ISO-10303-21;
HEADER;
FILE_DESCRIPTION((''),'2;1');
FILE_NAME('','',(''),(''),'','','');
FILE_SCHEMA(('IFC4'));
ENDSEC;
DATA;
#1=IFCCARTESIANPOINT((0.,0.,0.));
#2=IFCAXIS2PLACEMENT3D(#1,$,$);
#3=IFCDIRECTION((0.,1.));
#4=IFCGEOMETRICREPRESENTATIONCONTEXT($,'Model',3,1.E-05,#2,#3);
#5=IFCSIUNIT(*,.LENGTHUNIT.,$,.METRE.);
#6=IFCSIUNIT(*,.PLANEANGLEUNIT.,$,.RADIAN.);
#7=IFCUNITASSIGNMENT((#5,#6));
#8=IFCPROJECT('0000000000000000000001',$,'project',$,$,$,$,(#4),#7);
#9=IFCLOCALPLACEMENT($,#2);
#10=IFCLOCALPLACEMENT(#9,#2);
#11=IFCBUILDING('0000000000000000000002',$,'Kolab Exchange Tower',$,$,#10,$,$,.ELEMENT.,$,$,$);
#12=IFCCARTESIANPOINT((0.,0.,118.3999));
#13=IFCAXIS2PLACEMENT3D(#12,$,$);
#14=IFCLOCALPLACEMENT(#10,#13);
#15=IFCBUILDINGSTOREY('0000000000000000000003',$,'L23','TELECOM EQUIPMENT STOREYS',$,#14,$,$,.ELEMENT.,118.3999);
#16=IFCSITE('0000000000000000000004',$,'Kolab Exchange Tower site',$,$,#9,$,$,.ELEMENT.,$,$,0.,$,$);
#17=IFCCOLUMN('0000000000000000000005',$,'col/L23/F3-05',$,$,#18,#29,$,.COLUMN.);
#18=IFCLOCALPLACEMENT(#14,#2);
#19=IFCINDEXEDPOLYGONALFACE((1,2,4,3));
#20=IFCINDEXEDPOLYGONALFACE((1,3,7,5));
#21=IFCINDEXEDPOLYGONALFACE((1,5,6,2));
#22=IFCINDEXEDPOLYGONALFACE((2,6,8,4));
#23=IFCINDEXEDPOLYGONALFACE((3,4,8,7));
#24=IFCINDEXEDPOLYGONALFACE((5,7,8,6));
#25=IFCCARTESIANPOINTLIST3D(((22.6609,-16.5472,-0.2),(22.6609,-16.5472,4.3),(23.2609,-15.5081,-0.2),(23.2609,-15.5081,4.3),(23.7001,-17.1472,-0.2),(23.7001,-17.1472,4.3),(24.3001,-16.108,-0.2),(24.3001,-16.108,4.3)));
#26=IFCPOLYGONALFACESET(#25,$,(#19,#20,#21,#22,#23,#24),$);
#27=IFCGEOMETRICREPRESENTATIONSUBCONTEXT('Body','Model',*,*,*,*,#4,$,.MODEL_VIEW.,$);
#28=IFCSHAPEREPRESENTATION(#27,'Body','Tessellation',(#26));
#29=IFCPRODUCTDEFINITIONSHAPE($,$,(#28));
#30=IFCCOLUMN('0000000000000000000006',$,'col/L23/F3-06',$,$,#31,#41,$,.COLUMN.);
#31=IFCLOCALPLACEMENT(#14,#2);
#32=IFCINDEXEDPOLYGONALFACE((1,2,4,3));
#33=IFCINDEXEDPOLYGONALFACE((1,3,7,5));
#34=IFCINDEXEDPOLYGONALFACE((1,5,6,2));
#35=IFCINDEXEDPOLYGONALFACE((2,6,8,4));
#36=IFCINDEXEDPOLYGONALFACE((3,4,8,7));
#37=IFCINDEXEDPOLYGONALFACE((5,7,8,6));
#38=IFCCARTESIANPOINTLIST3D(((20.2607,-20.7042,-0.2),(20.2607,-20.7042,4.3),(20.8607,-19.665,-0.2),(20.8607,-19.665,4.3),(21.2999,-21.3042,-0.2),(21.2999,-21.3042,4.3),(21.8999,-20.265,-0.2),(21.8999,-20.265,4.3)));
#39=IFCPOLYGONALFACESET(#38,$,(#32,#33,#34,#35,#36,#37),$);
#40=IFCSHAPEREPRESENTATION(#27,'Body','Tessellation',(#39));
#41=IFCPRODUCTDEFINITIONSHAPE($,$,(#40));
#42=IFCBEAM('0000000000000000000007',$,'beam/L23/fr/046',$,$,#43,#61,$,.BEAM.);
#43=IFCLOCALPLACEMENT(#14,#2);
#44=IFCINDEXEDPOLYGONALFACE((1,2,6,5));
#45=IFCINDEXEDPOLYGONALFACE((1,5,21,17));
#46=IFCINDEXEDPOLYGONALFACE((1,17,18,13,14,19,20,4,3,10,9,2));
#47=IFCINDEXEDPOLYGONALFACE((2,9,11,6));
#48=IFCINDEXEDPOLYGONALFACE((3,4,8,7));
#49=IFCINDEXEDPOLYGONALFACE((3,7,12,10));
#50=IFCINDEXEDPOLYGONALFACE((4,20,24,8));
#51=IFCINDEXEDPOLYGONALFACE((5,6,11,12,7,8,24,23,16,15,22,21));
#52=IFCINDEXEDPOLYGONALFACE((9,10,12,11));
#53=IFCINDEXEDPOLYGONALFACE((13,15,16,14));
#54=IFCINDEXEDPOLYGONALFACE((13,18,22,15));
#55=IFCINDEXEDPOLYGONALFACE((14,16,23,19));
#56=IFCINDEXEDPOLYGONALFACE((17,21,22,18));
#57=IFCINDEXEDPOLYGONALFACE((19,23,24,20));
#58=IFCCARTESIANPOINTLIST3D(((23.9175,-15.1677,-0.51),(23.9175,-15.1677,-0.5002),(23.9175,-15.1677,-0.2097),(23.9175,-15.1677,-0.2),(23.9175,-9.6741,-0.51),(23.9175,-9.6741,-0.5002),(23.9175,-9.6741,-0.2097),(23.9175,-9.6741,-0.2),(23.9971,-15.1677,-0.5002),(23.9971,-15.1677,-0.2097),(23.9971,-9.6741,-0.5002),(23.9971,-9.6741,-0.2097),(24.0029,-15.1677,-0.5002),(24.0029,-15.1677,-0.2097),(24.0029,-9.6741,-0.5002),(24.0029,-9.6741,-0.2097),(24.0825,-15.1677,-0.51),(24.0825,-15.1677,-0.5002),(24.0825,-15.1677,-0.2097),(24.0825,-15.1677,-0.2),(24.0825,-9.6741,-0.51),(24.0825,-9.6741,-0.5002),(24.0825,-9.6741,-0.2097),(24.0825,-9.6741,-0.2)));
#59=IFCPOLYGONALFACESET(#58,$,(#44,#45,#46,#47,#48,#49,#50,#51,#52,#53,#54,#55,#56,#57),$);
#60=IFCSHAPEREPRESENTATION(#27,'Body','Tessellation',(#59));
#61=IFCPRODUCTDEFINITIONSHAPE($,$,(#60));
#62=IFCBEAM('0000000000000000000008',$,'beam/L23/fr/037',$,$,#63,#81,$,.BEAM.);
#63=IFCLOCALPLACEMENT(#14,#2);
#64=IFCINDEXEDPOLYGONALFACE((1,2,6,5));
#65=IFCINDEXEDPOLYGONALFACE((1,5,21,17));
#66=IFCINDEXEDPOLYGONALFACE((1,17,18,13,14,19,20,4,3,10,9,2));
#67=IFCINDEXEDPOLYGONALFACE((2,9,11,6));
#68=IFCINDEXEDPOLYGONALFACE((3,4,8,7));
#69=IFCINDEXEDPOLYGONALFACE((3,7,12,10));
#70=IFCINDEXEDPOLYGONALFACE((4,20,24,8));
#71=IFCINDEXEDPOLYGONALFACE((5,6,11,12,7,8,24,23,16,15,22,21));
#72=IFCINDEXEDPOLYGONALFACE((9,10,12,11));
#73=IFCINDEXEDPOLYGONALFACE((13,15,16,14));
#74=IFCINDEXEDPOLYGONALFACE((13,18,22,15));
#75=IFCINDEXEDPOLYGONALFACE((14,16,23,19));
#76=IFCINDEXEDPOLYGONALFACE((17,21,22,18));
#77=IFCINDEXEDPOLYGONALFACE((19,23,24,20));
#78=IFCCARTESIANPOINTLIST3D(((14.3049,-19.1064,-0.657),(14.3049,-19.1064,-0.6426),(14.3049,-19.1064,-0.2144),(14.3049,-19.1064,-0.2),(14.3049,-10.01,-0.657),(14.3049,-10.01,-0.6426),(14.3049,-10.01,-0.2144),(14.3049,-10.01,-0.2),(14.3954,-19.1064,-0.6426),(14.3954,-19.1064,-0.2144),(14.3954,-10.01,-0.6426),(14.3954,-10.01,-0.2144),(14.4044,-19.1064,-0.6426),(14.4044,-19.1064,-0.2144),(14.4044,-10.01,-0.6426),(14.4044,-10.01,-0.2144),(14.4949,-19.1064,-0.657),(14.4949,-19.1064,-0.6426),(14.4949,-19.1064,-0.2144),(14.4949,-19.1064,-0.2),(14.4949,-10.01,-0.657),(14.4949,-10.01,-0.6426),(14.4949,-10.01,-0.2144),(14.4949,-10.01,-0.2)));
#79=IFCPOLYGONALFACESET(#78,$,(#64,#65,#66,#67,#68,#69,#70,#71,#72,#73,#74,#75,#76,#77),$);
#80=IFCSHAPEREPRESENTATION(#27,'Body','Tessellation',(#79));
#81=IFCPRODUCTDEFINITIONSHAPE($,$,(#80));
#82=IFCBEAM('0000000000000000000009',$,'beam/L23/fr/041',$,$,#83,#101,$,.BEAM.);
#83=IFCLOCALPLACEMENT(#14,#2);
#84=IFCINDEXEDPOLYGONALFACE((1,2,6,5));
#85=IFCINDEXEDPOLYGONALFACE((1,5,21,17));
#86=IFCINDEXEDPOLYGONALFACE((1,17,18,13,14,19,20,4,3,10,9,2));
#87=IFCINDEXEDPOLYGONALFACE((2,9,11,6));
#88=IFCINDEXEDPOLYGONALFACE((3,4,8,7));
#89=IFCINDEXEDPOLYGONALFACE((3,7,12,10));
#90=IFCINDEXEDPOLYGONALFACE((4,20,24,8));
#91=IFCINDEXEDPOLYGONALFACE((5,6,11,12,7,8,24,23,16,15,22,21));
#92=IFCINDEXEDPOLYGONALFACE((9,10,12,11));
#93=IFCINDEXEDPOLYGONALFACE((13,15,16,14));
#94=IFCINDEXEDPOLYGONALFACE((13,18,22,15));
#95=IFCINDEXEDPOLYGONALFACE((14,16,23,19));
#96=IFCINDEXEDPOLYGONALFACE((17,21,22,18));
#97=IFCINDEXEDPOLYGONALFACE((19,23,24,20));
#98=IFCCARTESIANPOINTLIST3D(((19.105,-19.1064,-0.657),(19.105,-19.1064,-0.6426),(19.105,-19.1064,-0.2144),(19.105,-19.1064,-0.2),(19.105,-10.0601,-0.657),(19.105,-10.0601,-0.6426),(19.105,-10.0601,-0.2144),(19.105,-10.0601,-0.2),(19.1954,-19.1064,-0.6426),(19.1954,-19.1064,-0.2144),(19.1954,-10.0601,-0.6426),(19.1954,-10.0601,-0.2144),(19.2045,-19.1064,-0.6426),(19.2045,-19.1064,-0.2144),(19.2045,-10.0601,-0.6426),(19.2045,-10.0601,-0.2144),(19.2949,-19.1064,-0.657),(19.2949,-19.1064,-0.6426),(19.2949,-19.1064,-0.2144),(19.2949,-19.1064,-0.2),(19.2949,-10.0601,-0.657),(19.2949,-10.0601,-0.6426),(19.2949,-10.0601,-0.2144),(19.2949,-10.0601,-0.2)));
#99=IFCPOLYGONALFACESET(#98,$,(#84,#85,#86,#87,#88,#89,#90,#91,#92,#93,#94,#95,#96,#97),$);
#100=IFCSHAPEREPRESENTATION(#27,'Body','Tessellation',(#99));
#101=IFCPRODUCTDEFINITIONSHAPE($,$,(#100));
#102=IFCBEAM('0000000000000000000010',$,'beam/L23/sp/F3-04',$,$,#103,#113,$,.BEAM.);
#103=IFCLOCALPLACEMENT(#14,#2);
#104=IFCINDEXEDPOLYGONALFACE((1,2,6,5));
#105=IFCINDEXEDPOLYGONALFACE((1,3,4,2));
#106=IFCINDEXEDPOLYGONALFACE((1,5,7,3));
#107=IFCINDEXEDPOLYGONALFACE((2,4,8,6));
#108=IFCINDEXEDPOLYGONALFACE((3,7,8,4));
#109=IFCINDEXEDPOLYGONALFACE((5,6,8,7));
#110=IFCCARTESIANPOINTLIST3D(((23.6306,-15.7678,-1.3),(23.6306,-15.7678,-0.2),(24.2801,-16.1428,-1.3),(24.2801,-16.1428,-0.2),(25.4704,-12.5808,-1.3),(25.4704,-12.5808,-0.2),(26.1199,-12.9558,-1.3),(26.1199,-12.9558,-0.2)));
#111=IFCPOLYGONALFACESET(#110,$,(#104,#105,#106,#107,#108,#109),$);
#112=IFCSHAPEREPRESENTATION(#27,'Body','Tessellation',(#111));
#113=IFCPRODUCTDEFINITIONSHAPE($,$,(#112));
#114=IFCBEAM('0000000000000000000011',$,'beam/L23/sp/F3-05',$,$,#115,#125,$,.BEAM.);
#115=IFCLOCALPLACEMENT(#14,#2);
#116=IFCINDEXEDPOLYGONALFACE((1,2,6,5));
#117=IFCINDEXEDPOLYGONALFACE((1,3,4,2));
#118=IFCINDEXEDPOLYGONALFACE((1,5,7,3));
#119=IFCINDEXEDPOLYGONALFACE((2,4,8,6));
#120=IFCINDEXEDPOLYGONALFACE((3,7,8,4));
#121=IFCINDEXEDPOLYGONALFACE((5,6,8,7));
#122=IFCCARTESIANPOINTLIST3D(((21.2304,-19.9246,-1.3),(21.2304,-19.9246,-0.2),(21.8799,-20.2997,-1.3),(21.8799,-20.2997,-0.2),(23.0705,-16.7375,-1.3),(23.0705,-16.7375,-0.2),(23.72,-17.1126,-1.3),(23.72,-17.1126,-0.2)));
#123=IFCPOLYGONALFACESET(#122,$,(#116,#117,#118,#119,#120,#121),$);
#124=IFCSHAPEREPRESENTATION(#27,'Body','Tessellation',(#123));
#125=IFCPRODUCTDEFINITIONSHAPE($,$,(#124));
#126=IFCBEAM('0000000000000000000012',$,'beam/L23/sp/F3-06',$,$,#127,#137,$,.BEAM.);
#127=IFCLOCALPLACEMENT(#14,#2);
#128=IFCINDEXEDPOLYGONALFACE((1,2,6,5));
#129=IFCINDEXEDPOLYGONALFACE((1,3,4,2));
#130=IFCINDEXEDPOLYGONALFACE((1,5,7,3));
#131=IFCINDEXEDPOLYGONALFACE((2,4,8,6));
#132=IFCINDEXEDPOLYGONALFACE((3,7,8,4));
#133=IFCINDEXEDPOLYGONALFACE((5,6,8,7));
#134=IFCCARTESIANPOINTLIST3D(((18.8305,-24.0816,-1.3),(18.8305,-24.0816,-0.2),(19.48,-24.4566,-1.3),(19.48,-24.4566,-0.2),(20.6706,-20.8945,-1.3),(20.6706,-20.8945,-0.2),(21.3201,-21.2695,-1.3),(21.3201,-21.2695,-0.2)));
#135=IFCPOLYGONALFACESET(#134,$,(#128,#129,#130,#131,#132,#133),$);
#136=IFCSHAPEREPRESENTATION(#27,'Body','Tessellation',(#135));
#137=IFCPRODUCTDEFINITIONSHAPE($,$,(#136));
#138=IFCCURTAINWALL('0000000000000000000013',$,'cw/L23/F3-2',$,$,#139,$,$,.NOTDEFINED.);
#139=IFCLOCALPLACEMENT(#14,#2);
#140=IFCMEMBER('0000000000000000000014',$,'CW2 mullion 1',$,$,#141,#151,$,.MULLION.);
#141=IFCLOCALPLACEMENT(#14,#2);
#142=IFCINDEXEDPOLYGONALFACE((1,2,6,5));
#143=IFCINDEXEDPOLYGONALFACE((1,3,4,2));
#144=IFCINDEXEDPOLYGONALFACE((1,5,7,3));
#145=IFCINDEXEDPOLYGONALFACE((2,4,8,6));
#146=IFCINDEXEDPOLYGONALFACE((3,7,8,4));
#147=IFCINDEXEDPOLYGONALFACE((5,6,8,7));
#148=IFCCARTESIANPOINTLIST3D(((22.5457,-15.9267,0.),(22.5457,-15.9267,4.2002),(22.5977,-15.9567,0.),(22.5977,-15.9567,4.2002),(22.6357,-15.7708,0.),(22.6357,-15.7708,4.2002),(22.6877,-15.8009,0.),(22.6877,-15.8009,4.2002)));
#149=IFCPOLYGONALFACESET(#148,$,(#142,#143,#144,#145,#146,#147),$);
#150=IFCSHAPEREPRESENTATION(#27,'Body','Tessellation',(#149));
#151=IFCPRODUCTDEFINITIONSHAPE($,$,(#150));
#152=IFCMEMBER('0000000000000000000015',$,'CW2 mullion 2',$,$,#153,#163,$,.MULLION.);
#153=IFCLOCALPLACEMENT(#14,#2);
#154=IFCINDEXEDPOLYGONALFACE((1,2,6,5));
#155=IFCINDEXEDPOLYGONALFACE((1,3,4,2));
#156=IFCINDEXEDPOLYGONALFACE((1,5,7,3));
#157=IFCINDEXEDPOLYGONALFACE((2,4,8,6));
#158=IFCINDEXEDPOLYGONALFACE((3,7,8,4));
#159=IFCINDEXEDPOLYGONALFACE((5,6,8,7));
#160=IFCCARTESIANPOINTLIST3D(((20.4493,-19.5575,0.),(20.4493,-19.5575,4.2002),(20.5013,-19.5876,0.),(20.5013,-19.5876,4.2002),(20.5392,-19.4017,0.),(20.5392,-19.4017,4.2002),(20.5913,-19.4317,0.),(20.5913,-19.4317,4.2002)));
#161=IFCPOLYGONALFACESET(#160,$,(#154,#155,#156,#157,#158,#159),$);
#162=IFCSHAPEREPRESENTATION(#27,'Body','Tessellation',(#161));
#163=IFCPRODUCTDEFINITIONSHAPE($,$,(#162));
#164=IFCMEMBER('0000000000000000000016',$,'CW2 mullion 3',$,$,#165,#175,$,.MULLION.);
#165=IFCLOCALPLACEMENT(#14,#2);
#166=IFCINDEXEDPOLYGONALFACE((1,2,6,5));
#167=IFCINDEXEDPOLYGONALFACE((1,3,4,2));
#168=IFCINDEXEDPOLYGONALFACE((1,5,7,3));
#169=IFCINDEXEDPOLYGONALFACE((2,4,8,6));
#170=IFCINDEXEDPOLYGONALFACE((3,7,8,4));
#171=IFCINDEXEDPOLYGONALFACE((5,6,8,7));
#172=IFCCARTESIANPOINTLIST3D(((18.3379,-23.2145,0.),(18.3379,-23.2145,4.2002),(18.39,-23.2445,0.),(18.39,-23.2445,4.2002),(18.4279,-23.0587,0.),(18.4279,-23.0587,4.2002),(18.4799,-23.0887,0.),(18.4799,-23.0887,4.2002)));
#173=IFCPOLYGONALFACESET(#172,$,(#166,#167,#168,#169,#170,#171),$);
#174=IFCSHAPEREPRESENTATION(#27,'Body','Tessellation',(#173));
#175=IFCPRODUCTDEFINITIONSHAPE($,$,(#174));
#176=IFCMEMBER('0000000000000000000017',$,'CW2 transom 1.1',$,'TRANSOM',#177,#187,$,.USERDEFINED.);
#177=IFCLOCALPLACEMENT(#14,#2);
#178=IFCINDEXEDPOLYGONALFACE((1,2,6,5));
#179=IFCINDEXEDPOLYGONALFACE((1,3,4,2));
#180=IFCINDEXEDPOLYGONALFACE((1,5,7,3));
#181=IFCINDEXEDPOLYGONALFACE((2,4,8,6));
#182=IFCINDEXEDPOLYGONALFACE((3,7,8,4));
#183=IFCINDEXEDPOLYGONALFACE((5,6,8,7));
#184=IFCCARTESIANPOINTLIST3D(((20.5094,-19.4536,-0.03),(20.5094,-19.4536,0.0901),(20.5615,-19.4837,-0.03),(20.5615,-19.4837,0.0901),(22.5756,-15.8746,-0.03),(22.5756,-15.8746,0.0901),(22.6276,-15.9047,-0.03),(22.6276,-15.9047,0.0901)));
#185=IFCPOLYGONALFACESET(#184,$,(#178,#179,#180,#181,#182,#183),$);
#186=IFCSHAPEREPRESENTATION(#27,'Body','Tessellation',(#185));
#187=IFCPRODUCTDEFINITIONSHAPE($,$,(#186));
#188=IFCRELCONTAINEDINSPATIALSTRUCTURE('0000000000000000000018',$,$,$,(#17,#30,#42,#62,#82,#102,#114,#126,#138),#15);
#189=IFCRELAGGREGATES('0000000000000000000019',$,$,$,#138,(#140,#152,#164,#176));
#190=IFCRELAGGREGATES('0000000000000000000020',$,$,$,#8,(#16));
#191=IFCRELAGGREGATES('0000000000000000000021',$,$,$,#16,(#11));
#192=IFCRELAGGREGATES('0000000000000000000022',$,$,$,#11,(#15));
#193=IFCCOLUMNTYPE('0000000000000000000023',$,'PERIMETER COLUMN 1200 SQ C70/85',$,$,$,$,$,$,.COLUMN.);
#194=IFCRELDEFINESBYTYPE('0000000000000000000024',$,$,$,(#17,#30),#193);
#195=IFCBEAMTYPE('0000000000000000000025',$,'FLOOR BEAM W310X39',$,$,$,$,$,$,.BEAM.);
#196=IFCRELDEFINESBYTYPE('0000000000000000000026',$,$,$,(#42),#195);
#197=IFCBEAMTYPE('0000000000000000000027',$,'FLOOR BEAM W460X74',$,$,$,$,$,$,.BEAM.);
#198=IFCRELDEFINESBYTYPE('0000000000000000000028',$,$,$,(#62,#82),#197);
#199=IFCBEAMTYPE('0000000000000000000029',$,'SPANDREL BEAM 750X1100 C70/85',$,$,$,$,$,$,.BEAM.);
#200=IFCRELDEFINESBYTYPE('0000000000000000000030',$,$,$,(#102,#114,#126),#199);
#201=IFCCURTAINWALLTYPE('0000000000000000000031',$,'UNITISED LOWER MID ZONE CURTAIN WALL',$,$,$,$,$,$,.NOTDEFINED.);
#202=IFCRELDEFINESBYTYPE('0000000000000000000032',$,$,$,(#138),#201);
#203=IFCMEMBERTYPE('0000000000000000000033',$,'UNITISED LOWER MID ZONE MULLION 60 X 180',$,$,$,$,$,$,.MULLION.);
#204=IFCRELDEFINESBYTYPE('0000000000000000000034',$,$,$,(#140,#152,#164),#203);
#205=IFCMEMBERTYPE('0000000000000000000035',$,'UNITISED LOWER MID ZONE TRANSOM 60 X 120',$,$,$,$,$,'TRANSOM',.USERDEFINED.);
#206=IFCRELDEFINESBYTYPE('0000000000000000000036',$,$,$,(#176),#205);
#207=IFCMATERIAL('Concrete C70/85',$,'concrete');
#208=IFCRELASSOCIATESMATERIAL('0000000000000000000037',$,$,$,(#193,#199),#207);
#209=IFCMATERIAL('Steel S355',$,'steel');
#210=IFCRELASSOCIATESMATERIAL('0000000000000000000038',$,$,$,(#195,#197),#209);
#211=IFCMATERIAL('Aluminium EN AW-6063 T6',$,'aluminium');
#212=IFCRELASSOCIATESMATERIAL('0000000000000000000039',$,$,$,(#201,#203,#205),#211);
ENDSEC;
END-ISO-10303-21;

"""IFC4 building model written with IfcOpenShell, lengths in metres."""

from ifc_helpers import new_model, si_unit, direction, frame, origin, origin_2d, place, context, subcontext, project, spatial, rectangle, i_section, extrude, material, material_profile, profile_set, type_object, element, aggregate, save


model = new_model("IFC4")

# Units and contexts
model_context = context("Model", 3, precision=1e-05, world=origin(), true_north=direction((0.0, 1.0)))
body_context = subcontext(model_context, "Body", "Model", "MODEL_VIEW")
ifc_project = project(units=[si_unit("LENGTHUNIT", "METRE"), si_unit("PLANEANGLEUNIT", "RADIAN")], contexts=[model_context])

# Site, building, storey
site_placement = place(None, origin())
site = spatial("IfcSite", under=ifc_project, at=site_placement, Name="Kolab Exchange Tower site", CompositionType="ELEMENT", RefElevation=0.0)
building_placement = place(site_placement, origin())
building = spatial("IfcBuilding", under=site, at=building_placement, Name="Kolab Exchange Tower", CompositionType="ELEMENT")
storey_placement = place(building_placement, frame((0.0, 0.0, 118.3999)))
storey = spatial("IfcBuildingStorey", under=building, at=storey_placement, Name="L23", Description="TELECOM EQUIPMENT STOREYS", CompositionType="ELEMENT", Elevation=118.3999)

# Columns
ifc_material_1 = material(Name="Concrete C70/85", Category="concrete")
ifc_material_profile_1 = material_profile(ifc_material_1, rectangle(XDim=1.2, YDim=1.2, at=origin_2d()), Name="RC1200")
ifc_profile_set_1 = profile_set([ifc_material_profile_1], Name="Concrete C70/85")
column_type = type_object("IfcColumnType", Name="PERIMETER COLUMN 1200 SQ C70/85", PredefinedType="COLUMN", material=ifc_profile_set_1)
for number, where, z_axis, x_axis, name in (
    (1, (23.4805, -16.3276, -0.2), (0.0, 0.0, 1.0), (0.5, 0.866025, 0.0), "col/L23/F3-05"),
    (2, (21.0803, -20.4846, -0.2), (0.0, 0.0, 1.0), (0.5, 0.866025, 0.0), "col/L23/F3-06"),
):
    element("IfcColumn", number, at=place(storey_placement, frame(where, z_axis=z_axis, x_axis=x_axis)), inside=storey, type_object=column_type, Name=name, PredefinedType="COLUMN", context=body_context, shape_type="SweptSolid", body=[
        extrude(rectangle(XDim=1.2, YDim=1.2, at=origin_2d()), origin(), (0.0, 0.0, 1.0), 4.5),
    ])

# Beams
ifc_material_2 = material(Name="Steel S355", Category="steel")
ifc_material_profile_2 = material_profile(ifc_material_2, i_section(OverallWidth=0.165, OverallDepth=0.3101, WebThickness=0.0059, FlangeThickness=0.0098, at=origin_2d()), Name="W310X39")
ifc_profile_set_2 = profile_set([ifc_material_profile_2], Name="Steel S355")
beam_type_1 = type_object("IfcBeamType", Name="FLOOR BEAM W310X39", PredefinedType="BEAM", material=ifc_profile_set_2)
beam_1_placement = place(storey_placement, frame((24.0, -15.1677, -0.355), z_axis=(0.0, 1.0, 0.0), x_axis=(-1.0, 0.0, 0.0)))
element("IfcBeam", 3, at=beam_1_placement, inside=storey, type_object=beam_type_1, Name="beam/L23/fr/046", PredefinedType="BEAM", context=body_context, shape_type="SweptSolid", body=[
    extrude(i_section(OverallWidth=0.165, OverallDepth=0.3101, WebThickness=0.0059, FlangeThickness=0.0098, at=origin_2d()), origin(), (0.0, 0.0, 1.0), 5.4937),
])
ifc_material_profile_3 = material_profile(ifc_material_2, i_section(OverallWidth=0.1899, OverallDepth=0.457, WebThickness=0.009, FlangeThickness=0.0144, at=origin_2d()), Name="W460X74")
ifc_profile_set_3 = profile_set([ifc_material_profile_3], Name="Steel S355")
beam_type_2 = type_object("IfcBeamType", Name="FLOOR BEAM W460X74", PredefinedType="BEAM", material=ifc_profile_set_3)
beam_2_placement = place(storey_placement, frame((14.3999, -19.1064, -0.4285), z_axis=(0.0, 1.0, 0.0), x_axis=(-1.0, 0.0, 0.0)))
element("IfcBeam", 4, at=beam_2_placement, inside=storey, type_object=beam_type_2, Name="beam/L23/fr/037", PredefinedType="BEAM", context=body_context, shape_type="SweptSolid", body=[
    extrude(i_section(OverallWidth=0.1899, OverallDepth=0.457, WebThickness=0.009, FlangeThickness=0.0144, at=origin_2d()), origin(), (0.0, 0.0, 1.0), 9.0964),
])
beam_3_placement = place(storey_placement, frame((19.2, -19.1064, -0.4285), z_axis=(0.0, 1.0, 0.0), x_axis=(-1.0, 0.0, 0.0)))
element("IfcBeam", 5, at=beam_3_placement, inside=storey, type_object=beam_type_2, Name="beam/L23/fr/041", PredefinedType="BEAM", context=body_context, shape_type="SweptSolid", body=[
    extrude(i_section(OverallWidth=0.1899, OverallDepth=0.457, WebThickness=0.009, FlangeThickness=0.0144, at=origin_2d()), origin(), (0.0, 0.0, 1.0), 9.0464),
])
ifc_material_profile_4 = material_profile(ifc_material_1, rectangle(XDim=0.75, YDim=1.1001, at=origin_2d()), Name="RC750X1100")
ifc_profile_set_4 = profile_set([ifc_material_profile_4], Name="Concrete C70/85")
beam_type_3 = type_object("IfcBeamType", Name="SPANDREL BEAM 750X1100 C70/85", PredefinedType="BEAM", material=ifc_profile_set_4)
beam_4_placement = place(storey_placement, frame((25.7952, -12.7683, -0.75), z_axis=(-0.499964, -0.866046, 0.0), x_axis=(0.866046, -0.499964, 0.0)))
element("IfcBeam", 6, at=beam_4_placement, inside=storey, type_object=beam_type_3, Name="beam/L23/sp/F3-04", PredefinedType="BEAM", context=body_context, shape_type="SweptSolid", body=[
    extrude(rectangle(XDim=0.75, YDim=1.1001, at=origin_2d()), origin(), (0.0, 0.0, 1.0), 3.6799),
])
for number, where, z_axis, x_axis, name in (
    (7, (23.3953, -16.925, -0.75), (-0.500013, -0.866018, 0.0), (0.866018, -0.500013, 0.0), "beam/L23/sp/F3-05"),
    (8, (20.9954, -21.082, -0.75), (-0.500013, -0.866018, 0.0), (0.866018, -0.500013, 0.0), "beam/L23/sp/F3-06"),
):
    element("IfcBeam", number, at=place(storey_placement, frame(where, z_axis=z_axis, x_axis=x_axis)), inside=storey, type_object=beam_type_3, Name=name, PredefinedType="BEAM", context=body_context, shape_type="SweptSolid", body=[
        extrude(rectangle(XDim=0.75, YDim=1.1001, at=origin_2d()), origin(), (0.0, 0.0, 1.0), 3.6802),
    ])

# Curtain wall, members
ifc_material_3 = material(Name="Aluminium EN AW-6063 T6", Category="aluminium")
curtain_wall_type = type_object("IfcCurtainWallType", Name="UNITISED LOWER MID ZONE CURTAIN WALL", PredefinedType="NOTDEFINED", material=ifc_material_3)
curtain_wall_placement = place(storey_placement, origin())
curtain_wall = element("IfcCurtainWall", 9, at=curtain_wall_placement, inside=storey, type_object=curtain_wall_type, Name="cw/L23/F3-2", PredefinedType="NOTDEFINED")
ifc_material_profile_5 = material_profile(ifc_material_3, rectangle(XDim=0.0601, YDim=0.1799, at=origin_2d()), Name="RECT 60X180")
ifc_profile_set_5 = profile_set([ifc_material_profile_5], Name="Aluminium EN AW-6063 T6")
member_type_1 = type_object("IfcMemberType", Name="UNITISED LOWER MID ZONE MULLION 60 X 180", PredefinedType="MULLION", material=ifc_profile_set_5)
member_1_placement = place(storey_placement, frame((22.6167, -15.8638, 0.0), z_axis=(0.0, 0.0, 1.0), x_axis=(0.866025, -0.5, 0.0)))
member_1 = element("IfcMember", 10, at=member_1_placement, type_object=member_type_1, Name="CW2 mullion 1", PredefinedType="MULLION", context=body_context, shape_type="SweptSolid", body=[
    extrude(rectangle(XDim=0.0601, YDim=0.1799, at=origin_2d()), origin(), (0.0, 0.0, 1.0), 4.2002),
])
member_2_placement = place(storey_placement, frame((20.5203, -19.4946, 0.0), z_axis=(0.0, 0.0, 1.0), x_axis=(0.866025, -0.5, 0.0)))
member_2 = element("IfcMember", 11, at=member_2_placement, type_object=member_type_1, Name="CW2 mullion 2", PredefinedType="MULLION", context=body_context, shape_type="SweptSolid", body=[
    extrude(rectangle(XDim=0.0601, YDim=0.1799, at=origin_2d()), origin(), (0.0, 0.0, 1.0), 4.2002),
])
member_3_placement = place(storey_placement, frame((18.4089, -23.1516, 0.0), z_axis=(0.0, 0.0, 1.0), x_axis=(0.866025, -0.5, 0.0)))
member_3 = element("IfcMember", 12, at=member_3_placement, type_object=member_type_1, Name="CW2 mullion 3", PredefinedType="MULLION", context=body_context, shape_type="SweptSolid", body=[
    extrude(rectangle(XDim=0.0601, YDim=0.1799, at=origin_2d()), origin(), (0.0, 0.0, 1.0), 4.2002),
])
ifc_material_profile_6 = material_profile(ifc_material_3, rectangle(XDim=0.0601, YDim=0.1201, at=origin_2d()), Name="RECT 60X120")
ifc_profile_set_6 = profile_set([ifc_material_profile_6], Name="Aluminium EN AW-6063 T6")
member_type_2 = type_object("IfcMemberType", Name="UNITISED LOWER MID ZONE TRANSOM 60 X 120", ElementType="TRANSOM", PredefinedType="USERDEFINED", material=ifc_profile_set_6)
member_4_placement = place(storey_placement, frame((22.6016, -15.8896, 0.03), z_axis=(-0.499958, -0.86605, 0.0), x_axis=(0.86605, -0.499958, 0.0)))
member_4 = element("IfcMember", 13, at=member_4_placement, type_object=member_type_2, Name="CW2 transom 1.1", ObjectType="TRANSOM", PredefinedType="USERDEFINED", context=body_context, shape_type="SweptSolid", body=[
    extrude(rectangle(XDim=0.0601, YDim=0.1201, at=origin_2d()), origin(), (0.0, 0.0, 1.0), 4.1326),
])
aggregate(curtain_wall, [member_1, member_2, member_3, member_4])

save(model, "model.ifc")
